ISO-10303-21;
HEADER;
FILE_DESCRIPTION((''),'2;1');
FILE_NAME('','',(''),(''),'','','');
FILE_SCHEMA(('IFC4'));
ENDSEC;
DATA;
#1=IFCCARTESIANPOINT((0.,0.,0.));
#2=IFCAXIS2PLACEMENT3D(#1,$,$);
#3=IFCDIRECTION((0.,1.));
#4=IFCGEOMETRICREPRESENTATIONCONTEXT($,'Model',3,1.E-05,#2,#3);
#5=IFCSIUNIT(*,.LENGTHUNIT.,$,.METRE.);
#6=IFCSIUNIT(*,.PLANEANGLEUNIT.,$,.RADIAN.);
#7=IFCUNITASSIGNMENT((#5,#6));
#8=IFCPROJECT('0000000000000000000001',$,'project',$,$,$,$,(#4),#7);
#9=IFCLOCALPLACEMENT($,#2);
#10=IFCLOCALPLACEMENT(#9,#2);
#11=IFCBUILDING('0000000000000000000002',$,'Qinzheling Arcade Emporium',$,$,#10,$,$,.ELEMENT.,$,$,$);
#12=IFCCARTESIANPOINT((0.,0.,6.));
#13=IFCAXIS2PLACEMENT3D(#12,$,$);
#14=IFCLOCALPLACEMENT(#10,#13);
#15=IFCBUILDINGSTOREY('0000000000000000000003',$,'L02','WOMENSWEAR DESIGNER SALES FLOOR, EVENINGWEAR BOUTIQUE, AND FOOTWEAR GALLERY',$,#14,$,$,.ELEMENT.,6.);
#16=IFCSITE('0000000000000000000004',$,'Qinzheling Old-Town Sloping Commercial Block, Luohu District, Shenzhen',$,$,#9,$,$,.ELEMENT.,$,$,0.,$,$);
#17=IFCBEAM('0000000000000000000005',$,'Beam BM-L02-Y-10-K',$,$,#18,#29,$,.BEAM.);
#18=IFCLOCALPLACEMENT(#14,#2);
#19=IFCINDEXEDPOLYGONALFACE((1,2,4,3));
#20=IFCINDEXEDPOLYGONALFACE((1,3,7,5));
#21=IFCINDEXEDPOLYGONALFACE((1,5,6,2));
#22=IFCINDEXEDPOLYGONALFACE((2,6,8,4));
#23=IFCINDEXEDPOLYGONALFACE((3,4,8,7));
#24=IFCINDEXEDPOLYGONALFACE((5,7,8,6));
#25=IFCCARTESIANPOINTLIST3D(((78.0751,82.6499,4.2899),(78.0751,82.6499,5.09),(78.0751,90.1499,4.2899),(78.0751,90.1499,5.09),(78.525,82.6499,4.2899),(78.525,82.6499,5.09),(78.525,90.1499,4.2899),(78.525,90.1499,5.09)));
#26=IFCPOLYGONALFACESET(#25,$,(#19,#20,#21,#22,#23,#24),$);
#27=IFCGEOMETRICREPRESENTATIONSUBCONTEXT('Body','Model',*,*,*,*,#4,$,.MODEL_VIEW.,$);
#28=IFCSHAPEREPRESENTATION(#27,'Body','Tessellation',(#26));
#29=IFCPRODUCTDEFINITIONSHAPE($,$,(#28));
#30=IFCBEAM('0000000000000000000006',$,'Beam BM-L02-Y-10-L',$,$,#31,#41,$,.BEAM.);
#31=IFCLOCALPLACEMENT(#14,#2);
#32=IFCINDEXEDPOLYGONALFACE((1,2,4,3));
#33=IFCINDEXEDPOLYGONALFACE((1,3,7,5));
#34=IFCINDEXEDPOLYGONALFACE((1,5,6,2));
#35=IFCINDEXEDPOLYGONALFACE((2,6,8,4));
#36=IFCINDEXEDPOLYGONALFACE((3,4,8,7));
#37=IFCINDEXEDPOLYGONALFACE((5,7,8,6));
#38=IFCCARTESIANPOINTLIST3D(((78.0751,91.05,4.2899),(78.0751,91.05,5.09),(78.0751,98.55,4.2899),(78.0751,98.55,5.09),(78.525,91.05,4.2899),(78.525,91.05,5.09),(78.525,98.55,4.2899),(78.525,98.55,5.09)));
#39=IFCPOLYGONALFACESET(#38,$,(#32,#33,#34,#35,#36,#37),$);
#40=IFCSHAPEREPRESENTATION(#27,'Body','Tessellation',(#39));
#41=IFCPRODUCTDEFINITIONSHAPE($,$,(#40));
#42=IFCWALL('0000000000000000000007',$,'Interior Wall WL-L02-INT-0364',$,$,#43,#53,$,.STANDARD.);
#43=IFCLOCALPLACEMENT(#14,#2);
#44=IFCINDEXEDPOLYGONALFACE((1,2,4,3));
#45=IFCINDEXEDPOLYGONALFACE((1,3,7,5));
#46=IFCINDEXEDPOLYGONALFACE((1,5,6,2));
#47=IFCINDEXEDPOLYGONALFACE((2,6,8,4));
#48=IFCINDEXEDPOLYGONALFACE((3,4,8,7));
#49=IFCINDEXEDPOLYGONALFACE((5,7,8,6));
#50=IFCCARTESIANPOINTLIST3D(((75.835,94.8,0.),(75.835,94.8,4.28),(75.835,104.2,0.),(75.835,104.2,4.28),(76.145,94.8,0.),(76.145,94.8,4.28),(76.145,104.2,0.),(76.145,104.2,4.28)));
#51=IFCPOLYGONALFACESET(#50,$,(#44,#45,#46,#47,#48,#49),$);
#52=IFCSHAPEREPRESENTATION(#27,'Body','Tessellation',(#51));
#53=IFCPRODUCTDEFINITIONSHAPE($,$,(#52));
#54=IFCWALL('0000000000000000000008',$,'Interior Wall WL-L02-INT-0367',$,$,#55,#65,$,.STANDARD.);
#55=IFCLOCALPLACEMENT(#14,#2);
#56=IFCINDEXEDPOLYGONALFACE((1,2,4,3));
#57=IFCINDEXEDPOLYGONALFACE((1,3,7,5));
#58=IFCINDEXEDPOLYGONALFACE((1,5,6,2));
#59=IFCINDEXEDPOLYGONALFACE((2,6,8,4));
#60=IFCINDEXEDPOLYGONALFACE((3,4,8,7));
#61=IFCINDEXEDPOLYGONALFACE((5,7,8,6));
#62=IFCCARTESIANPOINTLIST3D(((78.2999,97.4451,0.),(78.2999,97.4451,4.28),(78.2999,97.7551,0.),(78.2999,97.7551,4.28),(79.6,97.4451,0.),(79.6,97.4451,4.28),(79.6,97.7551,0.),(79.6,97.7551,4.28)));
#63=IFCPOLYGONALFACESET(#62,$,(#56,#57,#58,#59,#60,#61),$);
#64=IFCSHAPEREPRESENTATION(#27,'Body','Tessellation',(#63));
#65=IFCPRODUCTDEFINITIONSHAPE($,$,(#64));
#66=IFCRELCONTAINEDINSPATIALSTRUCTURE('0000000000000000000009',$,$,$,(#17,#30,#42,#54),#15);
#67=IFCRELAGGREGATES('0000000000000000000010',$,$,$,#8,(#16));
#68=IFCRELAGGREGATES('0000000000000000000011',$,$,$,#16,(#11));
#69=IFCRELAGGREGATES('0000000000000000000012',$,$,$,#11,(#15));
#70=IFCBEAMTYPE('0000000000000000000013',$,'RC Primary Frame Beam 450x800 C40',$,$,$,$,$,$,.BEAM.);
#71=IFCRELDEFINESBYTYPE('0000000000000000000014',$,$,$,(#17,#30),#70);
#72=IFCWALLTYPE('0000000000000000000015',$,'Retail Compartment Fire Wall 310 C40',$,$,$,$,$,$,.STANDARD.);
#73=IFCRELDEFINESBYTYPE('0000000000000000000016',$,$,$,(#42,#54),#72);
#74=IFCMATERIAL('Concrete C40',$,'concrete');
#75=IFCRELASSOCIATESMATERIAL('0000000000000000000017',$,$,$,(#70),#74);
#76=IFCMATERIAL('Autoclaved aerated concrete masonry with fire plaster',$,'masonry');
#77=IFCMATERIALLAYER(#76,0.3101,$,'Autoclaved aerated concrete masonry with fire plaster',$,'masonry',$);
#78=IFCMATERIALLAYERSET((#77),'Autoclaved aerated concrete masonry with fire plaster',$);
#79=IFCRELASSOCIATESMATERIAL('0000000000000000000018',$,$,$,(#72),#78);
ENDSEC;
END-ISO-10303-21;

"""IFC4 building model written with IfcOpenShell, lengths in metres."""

from ifc_helpers import new_model, si_unit, direction, frame, frame_2d, origin, origin_2d, place, context, subcontext, project, spatial, rectangle, extrude, material, layer, layer_set, material_profile, profile_set, type_object, element, save


model = new_model("IFC4")

# Units and contexts
model_context = context("Model", 3, precision=1e-05, world=origin(), true_north=direction((0.0, 1.0)))
body_context = subcontext(model_context, "Body", "Model", "MODEL_VIEW")
ifc_project = project(units=[si_unit("LENGTHUNIT", "METRE"), si_unit("PLANEANGLEUNIT", "RADIAN")], contexts=[model_context])

# Site, building, storey
site_placement = place(None, origin())
site = spatial("IfcSite", under=ifc_project, at=site_placement, Name="Qinzheling Old-Town Sloping Commercial Block, Luohu District, Shenzhen", CompositionType="ELEMENT", RefElevation=0.0)
building_placement = place(site_placement, origin())
building = spatial("IfcBuilding", under=site, at=building_placement, Name="Qinzheling Arcade Emporium", CompositionType="ELEMENT")
storey_placement = place(building_placement, frame((0.0, 0.0, 6.0)))
storey = spatial("IfcBuildingStorey", under=building, at=storey_placement, Name="L02", Description="WOMENSWEAR DESIGNER SALES FLOOR, EVENINGWEAR BOUTIQUE, AND FOOTWEAR GALLERY", CompositionType="ELEMENT", Elevation=6.0)

# Beams
ifc_material_1 = material(Name="Concrete C40", Category="concrete")
ifc_material_profile_1 = material_profile(ifc_material_1, rectangle(XDim=0.45, YDim=0.8, at=origin_2d()), Name="RC 450x800", Category="concrete")
ifc_profile_set_1 = profile_set([ifc_material_profile_1], Name="Concrete C40")
beam_type = type_object("IfcBeamType", Name="RC Primary Frame Beam 450x800 C40", PredefinedType="BEAM", material=ifc_profile_set_1)
for number, where, z_axis, x_axis, name in (
    (1, (78.3, 82.6499, 4.6899), (0.0, 1.0, 0.0), (-1.0, 0.0, 0.0), "Beam BM-L02-Y-10-K"),
    (2, (78.3, 91.05, 4.6899), (0.0, 1.0, 0.0), (-1.0, 0.0, 0.0), "Beam BM-L02-Y-10-L"),
):
    element("IfcBeam", number, at=place(storey_placement, frame(where, z_axis=z_axis, x_axis=x_axis)), inside=storey, type_object=beam_type, Name=name, PredefinedType="BEAM", context=body_context, shape_type="SweptSolid", body=[
        extrude(rectangle(XDim=0.45, YDim=0.8, at=origin_2d()), origin(), (0.0, 0.0, 1.0), 7.5),
    ])

# Walls
ifc_material_2 = material(Name="Autoclaved aerated concrete masonry with fire plaster", Category="masonry")
ifc_layer = layer(ifc_material_2, 0.3101, Name="Autoclaved aerated concrete masonry with fire plaster", Category="masonry")
ifc_layer_set = layer_set([ifc_layer], Name="Autoclaved aerated concrete masonry with fire plaster")
wall_type = type_object("IfcWallType", Name="Retail Compartment Fire Wall 310 C40", PredefinedType="STANDARD", material=ifc_layer_set)
wall_1_placement = place(storey_placement, frame((75.99, 94.8, 0.0), z_axis=(0.0, 0.0, 1.0), x_axis=(0.0, 1.0, 0.0)))
element("IfcWall", 3, at=wall_1_placement, inside=storey, type_object=wall_type, Name="Interior Wall WL-L02-INT-0364", PredefinedType="STANDARD", context=body_context, shape_type="SweptSolid", body=[
    extrude(rectangle(XDim=9.3999, YDim=0.3101, at=frame_2d((4.7, 0.0))), origin(), (0.0, 0.0, 1.0), 4.28),
])
wall_2_placement = place(storey_placement, frame((78.3, 97.6001, 0.0), z_axis=(0.0, 0.0, 1.0), x_axis=(1.0, 0.0, 0.0)))
element("IfcWall", 4, at=wall_2_placement, inside=storey, type_object=wall_type, Name="Interior Wall WL-L02-INT-0367", PredefinedType="STANDARD", context=body_context, shape_type="SweptSolid", body=[
    extrude(rectangle(XDim=1.3, YDim=0.3101, at=frame_2d((0.6499, 0.0))), origin(), (0.0, 0.0, 1.0), 4.28),
])

save(model, "model.ifc")
